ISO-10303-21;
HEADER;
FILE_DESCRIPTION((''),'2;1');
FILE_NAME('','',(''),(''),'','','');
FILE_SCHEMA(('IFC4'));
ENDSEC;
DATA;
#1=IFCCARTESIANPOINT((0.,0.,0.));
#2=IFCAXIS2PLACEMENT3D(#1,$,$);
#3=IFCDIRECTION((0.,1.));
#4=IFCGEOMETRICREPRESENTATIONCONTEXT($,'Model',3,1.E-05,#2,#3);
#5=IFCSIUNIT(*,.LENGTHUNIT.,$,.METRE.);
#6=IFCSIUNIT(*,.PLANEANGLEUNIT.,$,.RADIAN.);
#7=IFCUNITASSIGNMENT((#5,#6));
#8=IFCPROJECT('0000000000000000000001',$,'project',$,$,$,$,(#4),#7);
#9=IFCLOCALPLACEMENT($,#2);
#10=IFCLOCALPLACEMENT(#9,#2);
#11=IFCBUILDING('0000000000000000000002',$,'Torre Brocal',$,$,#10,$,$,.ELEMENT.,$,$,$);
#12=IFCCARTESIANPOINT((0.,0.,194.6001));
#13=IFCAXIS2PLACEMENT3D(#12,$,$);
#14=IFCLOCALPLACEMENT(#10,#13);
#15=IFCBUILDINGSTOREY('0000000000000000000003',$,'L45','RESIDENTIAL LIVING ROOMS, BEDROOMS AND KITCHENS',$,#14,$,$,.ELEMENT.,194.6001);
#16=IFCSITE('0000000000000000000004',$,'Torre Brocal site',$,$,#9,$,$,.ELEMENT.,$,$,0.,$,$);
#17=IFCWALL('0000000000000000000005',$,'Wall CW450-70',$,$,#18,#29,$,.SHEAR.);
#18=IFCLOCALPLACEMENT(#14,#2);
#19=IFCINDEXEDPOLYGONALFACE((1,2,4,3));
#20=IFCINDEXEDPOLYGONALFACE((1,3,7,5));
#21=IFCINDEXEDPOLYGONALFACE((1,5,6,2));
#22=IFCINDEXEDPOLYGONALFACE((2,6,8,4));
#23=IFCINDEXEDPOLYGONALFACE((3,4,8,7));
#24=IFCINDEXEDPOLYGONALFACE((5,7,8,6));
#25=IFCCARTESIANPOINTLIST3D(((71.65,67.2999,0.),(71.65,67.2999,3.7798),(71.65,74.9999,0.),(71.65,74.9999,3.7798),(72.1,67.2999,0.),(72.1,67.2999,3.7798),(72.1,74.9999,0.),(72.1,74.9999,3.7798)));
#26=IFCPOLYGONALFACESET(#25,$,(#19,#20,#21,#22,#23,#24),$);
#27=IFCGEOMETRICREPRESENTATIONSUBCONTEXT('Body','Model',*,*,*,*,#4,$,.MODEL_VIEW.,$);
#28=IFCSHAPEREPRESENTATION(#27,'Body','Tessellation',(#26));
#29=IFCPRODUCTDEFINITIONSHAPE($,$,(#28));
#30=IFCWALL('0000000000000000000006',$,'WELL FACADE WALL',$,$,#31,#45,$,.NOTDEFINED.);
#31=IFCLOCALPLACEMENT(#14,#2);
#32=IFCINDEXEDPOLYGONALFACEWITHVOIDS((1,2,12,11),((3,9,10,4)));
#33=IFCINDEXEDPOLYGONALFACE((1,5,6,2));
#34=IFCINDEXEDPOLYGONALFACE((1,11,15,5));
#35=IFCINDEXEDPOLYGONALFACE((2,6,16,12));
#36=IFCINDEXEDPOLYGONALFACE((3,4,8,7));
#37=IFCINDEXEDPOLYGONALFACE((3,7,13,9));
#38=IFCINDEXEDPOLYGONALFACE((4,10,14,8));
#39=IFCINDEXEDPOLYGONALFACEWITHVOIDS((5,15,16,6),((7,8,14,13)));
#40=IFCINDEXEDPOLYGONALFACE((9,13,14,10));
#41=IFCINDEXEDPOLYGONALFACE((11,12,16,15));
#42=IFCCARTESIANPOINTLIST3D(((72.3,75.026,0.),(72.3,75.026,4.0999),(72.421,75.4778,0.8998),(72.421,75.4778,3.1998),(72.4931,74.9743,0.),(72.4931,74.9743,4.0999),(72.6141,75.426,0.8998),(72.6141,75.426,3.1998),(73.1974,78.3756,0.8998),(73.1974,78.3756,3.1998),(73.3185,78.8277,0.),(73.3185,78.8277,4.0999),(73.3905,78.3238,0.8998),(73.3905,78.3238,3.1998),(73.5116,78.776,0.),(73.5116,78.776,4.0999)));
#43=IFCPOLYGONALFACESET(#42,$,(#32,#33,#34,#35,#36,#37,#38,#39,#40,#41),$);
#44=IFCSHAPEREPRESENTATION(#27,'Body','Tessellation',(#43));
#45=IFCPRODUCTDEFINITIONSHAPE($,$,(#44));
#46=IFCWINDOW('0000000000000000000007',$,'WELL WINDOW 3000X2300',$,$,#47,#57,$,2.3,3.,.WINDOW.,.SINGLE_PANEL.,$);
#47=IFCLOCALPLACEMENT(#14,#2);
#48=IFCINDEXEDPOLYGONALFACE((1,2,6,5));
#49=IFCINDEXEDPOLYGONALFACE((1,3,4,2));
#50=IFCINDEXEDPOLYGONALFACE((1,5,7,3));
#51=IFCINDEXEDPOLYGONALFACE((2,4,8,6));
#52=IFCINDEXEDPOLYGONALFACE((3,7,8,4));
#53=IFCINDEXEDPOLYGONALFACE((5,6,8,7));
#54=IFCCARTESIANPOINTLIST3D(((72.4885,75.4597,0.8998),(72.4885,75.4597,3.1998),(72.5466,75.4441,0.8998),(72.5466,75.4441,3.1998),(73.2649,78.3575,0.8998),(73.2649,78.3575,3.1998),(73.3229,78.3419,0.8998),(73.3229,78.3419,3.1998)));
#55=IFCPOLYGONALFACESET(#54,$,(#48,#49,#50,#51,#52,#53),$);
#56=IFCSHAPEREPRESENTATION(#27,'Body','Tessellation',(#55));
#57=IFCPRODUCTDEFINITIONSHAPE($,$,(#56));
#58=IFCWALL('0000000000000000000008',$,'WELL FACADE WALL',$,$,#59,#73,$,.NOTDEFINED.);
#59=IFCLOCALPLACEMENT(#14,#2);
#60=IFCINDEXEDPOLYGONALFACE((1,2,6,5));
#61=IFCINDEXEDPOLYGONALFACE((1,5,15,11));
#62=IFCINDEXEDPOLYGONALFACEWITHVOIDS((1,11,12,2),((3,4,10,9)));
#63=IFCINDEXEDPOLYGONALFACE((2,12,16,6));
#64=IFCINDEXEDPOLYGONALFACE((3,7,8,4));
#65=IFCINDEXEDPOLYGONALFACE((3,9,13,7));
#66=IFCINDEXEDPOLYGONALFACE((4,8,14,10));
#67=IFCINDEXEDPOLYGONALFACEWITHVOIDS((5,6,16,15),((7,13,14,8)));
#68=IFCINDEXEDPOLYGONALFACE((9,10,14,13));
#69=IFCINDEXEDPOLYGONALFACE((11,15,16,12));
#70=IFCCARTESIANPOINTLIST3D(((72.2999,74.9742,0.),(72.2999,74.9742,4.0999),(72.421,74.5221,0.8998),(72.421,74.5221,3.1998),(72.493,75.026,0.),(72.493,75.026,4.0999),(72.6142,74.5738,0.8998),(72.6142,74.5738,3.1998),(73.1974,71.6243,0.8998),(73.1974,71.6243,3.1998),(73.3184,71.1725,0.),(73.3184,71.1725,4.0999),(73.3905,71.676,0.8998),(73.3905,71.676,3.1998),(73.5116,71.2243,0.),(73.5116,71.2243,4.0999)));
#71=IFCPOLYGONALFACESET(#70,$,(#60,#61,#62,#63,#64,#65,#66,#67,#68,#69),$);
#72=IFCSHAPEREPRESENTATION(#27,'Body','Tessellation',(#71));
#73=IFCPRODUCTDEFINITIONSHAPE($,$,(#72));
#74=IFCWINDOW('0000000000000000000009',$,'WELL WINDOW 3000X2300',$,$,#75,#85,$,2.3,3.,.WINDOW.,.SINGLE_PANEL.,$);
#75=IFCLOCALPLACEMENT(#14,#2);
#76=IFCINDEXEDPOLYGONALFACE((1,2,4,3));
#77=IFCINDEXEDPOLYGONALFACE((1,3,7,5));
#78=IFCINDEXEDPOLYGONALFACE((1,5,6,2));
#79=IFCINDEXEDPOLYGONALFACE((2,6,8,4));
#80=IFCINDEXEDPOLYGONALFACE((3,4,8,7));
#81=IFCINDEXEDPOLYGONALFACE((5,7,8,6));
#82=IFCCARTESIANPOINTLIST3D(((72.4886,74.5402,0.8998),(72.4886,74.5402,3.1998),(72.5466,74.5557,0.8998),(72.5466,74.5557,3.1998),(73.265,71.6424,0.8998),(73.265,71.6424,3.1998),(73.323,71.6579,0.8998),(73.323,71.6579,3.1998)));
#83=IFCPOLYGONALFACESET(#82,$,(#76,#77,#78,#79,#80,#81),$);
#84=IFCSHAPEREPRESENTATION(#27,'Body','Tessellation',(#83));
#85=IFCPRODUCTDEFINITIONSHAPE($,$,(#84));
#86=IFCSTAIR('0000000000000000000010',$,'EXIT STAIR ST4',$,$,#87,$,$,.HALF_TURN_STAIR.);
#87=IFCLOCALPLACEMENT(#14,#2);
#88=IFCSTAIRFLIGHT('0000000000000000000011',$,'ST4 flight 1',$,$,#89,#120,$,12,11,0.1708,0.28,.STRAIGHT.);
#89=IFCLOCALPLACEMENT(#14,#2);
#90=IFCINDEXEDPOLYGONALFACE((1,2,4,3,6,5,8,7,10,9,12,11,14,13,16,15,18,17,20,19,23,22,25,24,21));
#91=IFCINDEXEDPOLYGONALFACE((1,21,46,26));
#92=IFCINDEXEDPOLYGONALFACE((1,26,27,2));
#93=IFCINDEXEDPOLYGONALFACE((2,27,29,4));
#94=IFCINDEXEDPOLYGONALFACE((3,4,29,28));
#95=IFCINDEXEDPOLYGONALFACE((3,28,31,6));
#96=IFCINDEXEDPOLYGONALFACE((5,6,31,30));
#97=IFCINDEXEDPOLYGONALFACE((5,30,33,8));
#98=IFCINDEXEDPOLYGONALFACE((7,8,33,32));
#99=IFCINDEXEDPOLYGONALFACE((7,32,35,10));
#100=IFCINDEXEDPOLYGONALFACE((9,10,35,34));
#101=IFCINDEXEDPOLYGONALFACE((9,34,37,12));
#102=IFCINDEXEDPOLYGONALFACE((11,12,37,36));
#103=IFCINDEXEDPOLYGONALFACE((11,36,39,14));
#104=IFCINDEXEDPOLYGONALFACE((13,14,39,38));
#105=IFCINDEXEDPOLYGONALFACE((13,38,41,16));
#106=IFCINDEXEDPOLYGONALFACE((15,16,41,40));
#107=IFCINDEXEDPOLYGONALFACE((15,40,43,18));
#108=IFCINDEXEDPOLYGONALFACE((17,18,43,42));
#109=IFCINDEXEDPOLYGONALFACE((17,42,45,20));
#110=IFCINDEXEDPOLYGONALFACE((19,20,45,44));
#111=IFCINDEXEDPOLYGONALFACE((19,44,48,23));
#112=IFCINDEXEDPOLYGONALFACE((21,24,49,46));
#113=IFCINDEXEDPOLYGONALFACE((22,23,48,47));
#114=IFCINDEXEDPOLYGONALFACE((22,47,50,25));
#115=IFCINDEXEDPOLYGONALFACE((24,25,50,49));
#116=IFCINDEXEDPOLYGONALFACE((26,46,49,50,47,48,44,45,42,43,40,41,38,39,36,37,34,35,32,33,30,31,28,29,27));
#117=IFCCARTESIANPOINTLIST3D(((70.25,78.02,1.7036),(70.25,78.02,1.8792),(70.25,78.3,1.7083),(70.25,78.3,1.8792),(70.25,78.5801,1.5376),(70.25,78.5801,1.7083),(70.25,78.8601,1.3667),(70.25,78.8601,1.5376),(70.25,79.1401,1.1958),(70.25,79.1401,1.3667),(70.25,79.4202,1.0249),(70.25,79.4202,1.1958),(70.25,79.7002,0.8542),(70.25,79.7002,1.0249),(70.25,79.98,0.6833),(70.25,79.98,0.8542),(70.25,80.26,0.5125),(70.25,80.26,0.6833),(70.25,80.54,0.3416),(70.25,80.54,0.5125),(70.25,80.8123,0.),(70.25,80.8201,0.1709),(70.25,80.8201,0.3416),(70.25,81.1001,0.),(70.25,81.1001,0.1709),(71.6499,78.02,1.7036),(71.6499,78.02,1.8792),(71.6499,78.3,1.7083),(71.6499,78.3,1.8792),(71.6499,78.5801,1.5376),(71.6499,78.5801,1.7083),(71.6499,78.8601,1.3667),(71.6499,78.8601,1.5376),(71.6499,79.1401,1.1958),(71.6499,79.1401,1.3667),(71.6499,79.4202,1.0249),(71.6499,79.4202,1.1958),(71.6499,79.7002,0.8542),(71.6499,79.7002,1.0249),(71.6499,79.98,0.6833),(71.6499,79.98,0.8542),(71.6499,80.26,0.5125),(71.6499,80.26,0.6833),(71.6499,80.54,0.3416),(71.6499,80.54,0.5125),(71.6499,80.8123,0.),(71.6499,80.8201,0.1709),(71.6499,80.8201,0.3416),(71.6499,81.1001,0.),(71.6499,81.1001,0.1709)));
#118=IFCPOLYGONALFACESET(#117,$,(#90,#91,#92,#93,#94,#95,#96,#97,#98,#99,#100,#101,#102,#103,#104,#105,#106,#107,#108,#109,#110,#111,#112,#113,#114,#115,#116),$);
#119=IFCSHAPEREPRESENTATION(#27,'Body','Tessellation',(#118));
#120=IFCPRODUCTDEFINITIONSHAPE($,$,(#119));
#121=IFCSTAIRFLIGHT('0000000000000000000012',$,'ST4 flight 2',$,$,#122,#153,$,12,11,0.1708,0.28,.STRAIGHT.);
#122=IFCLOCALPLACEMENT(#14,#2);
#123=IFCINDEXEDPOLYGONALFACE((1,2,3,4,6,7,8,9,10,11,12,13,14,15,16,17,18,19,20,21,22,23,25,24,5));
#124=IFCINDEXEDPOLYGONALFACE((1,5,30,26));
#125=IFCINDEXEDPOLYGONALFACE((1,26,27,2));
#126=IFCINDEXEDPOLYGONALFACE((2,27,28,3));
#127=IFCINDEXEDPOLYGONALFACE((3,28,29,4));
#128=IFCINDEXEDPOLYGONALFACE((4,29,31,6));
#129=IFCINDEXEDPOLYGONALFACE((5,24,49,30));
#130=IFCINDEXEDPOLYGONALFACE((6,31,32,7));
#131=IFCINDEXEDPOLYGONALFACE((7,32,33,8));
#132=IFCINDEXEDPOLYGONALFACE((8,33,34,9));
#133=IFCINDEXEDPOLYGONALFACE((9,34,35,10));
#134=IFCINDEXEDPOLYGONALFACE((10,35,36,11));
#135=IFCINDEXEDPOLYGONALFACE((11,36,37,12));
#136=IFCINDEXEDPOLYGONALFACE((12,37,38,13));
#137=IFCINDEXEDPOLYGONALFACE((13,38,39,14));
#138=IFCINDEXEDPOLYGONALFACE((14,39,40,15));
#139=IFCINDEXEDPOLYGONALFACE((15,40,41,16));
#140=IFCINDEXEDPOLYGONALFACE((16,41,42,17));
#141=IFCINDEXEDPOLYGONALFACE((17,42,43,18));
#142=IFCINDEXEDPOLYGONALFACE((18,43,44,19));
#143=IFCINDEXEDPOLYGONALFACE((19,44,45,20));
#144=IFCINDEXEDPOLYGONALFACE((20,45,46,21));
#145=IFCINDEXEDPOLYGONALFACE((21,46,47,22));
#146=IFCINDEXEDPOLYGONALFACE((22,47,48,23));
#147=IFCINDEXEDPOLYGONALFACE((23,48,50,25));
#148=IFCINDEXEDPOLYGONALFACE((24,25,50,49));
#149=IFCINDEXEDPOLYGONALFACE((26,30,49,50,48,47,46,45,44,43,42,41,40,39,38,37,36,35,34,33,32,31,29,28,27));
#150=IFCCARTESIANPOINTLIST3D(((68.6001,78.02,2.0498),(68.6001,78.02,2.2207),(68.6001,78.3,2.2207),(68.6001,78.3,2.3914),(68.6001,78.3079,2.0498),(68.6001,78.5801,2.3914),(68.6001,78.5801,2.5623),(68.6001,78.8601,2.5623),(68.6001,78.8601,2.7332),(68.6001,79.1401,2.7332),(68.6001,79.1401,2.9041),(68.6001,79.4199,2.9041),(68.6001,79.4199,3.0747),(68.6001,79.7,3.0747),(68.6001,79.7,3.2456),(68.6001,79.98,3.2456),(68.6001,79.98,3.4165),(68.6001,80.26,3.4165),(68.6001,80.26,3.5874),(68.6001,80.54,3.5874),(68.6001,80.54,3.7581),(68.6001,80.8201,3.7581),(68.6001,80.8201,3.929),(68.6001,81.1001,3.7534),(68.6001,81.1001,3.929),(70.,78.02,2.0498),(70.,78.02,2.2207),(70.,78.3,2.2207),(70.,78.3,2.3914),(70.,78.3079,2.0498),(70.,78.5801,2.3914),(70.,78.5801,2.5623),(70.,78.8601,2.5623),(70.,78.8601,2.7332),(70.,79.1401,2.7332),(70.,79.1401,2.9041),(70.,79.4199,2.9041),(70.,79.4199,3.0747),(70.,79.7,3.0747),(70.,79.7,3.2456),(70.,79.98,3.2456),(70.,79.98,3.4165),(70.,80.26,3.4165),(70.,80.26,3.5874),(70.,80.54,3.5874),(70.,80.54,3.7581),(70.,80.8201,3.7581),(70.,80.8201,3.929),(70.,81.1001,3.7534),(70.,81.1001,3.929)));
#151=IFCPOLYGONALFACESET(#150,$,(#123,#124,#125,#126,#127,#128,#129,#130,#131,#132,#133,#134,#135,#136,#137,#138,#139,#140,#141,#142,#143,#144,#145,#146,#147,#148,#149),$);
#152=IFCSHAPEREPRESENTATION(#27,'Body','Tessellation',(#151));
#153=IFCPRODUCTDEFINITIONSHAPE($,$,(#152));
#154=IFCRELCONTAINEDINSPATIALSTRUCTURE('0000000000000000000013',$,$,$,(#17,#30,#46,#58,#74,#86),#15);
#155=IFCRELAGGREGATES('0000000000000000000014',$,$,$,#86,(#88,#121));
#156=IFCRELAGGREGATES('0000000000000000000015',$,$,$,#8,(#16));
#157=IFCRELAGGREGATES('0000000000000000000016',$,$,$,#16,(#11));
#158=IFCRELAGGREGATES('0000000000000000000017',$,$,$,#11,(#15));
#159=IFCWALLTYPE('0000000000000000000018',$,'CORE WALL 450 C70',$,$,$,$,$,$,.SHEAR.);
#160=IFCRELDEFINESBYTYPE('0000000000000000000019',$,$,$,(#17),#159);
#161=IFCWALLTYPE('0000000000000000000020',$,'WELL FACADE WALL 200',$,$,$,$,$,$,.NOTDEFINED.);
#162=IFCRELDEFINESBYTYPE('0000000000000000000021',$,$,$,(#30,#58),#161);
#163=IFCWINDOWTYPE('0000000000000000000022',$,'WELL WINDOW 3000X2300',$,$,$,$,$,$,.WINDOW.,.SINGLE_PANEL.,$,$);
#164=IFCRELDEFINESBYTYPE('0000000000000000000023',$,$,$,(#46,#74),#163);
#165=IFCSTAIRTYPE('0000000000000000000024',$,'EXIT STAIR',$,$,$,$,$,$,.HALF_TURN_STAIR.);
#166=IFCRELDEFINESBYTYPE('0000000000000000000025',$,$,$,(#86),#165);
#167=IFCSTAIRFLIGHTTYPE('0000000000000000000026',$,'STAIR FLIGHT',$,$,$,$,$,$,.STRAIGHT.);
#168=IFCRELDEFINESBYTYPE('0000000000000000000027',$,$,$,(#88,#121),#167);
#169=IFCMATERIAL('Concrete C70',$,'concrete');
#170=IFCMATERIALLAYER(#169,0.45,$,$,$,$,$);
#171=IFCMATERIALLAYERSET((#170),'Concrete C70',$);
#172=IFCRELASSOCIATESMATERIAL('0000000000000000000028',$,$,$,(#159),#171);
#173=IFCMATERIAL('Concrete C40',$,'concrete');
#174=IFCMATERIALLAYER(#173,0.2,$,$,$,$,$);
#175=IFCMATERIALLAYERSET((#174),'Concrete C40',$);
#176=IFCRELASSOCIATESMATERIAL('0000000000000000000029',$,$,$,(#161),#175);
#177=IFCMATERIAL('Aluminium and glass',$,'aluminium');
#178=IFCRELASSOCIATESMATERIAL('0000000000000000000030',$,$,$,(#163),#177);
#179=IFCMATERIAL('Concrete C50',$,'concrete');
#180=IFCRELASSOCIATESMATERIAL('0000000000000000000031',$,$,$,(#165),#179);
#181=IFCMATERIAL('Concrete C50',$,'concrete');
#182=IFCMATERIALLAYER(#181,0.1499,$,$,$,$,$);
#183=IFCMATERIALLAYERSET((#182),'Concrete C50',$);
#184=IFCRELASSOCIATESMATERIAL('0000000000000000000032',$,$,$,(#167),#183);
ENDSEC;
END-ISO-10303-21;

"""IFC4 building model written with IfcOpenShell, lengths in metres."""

from ifc_helpers import new_model, si_unit, direction, frame, frame_2d, origin, place, context, subcontext, project, spatial, polyline, rectangle, outline, extrude, material, layer, layer_set, type_object, element, fill, aggregate, save


model = new_model("IFC4")

# Units and contexts
model_context = context("Model", 3, precision=1e-05, world=origin(), true_north=direction((0.0, 1.0)))
body_context = subcontext(model_context, "Body", "Model", "MODEL_VIEW")
ifc_project = project(units=[si_unit("LENGTHUNIT", "METRE"), si_unit("PLANEANGLEUNIT", "RADIAN")], contexts=[model_context])

# Site, building, storey
site_placement = place(None, origin())
site = spatial("IfcSite", under=ifc_project, at=site_placement, Name="Torre Brocal site", CompositionType="ELEMENT", RefElevation=0.0)
building_placement = place(site_placement, origin())
building = spatial("IfcBuilding", under=site, at=building_placement, Name="Torre Brocal", CompositionType="ELEMENT")
storey_placement = place(building_placement, frame((0.0, 0.0, 194.6001)))
storey = spatial("IfcBuildingStorey", under=building, at=storey_placement, Name="L45", Description="RESIDENTIAL LIVING ROOMS, BEDROOMS AND KITCHENS", CompositionType="ELEMENT", Elevation=194.6001)

# Wall
ifc_material_1 = material(Name="Concrete C70", Category="concrete")
ifc_layer_1 = layer(ifc_material_1, 0.45)
ifc_layer_set_1 = layer_set([ifc_layer_1], Name="Concrete C70")
wall_type_1 = type_object("IfcWallType", Name="CORE WALL 450 C70", PredefinedType="SHEAR", material=ifc_layer_set_1)
wall_1_placement = place(storey_placement, frame((71.875, 75.0, 0.0), z_axis=(0.0, 0.0, 1.0), x_axis=(0.0, -1.0, 0.0)))
element("IfcWall", 1, at=wall_1_placement, inside=storey, type_object=wall_type_1, Name="Wall CW450-70", PredefinedType="SHEAR", context=body_context, shape_type="SweptSolid", body=[
    extrude(rectangle(XDim=7.7, YDim=0.45, at=frame_2d((3.8501, 0.0))), origin(), (0.0, 0.0, 1.0), 3.7798),
])

# Walls, openings, windows
ifc_material_2 = material(Name="Concrete C40", Category="concrete")
ifc_layer_2 = layer(ifc_material_2, 0.2)
ifc_layer_set_2 = layer_set([ifc_layer_2], Name="Concrete C40")
wall_type_2 = type_object("IfcWallType", Name="WELL FACADE WALL 200", PredefinedType="NOTDEFINED", material=ifc_layer_set_2)
wall_2_placement = place(storey_placement, frame((73.415, 78.8018, 0.0), z_axis=(0.0, 0.0, 1.0), x_axis=(-0.25879, -0.965934, 0.0)))
wall_2 = element("IfcWall", 2, at=wall_2_placement, inside=storey, type_object=wall_type_2, Name="WELL FACADE WALL", PredefinedType="NOTDEFINED", context=body_context, shape_type="SweptSolid", body=[
    extrude(rectangle(XDim=3.9358, YDim=0.2, at=frame_2d((1.9678, 0.0))), origin(), (0.0, 0.0, 1.0), 4.0999),
])
opening_1_placement = place(wall_2_placement, frame((0.468, 0.0, 0.8999)))
opening_1 = element("IfcOpeningElement", 3, at=opening_1_placement, cuts=wall_2, PredefinedType="OPENING", context=body_context, shape_type="SweptSolid", body=[
    extrude(rectangle(XDim=3.0, YDim=2.3, at=frame_2d((1.5, 1.1499))), frame((0.0, 0.1099, 0.0), z_axis=(0.0, -1.0, 0.0), x_axis=(1.0, 0.0, 0.0)), (0.0, 0.0, 1.0), 0.22),
])
ifc_material_3 = material(Name="Aluminium and glass", Category="aluminium")
window_type = type_object("IfcWindowType", Name="WELL WINDOW 3000X2300", PartitioningType="SINGLE_PANEL", PredefinedType="WINDOW", material=ifc_material_3)
window_1_placement = place(opening_1_placement, origin())
window_1 = element("IfcWindow", 4, at=window_1_placement, inside=storey, type_object=window_type, Name="WELL WINDOW 3000X2300", OverallHeight=2.3, OverallWidth=3.0, PartitioningType="SINGLE_PANEL", PredefinedType="WINDOW", context=body_context, shape_type="SweptSolid", body=[
    extrude(rectangle(XDim=3.0, YDim=2.3, at=frame_2d((1.5, 1.1499))), frame((0.0, 0.03, 0.0), z_axis=(0.0, -1.0, 0.0), x_axis=(1.0, 0.0, 0.0)), (0.0, 0.0, 1.0), 0.0601),
])
fill(opening_1, window_1)
wall_3_placement = place(storey_placement, frame((72.3965, 75.0, 0.0), z_axis=(0.0, 0.0, 1.0), x_axis=(0.25879, -0.965934, 0.0)))
wall_3 = element("IfcWall", 5, at=wall_3_placement, inside=storey, type_object=wall_type_2, Name="WELL FACADE WALL", PredefinedType="NOTDEFINED", context=body_context, shape_type="SweptSolid", body=[
    extrude(rectangle(XDim=3.9358, YDim=0.2, at=frame_2d((1.9678, 0.0))), origin(), (0.0, 0.0, 1.0), 4.0999),
])
opening_2_placement = place(wall_3_placement, frame((0.468, 0.0, 0.8999)))
opening_2 = element("IfcOpeningElement", 6, at=opening_2_placement, cuts=wall_3, PredefinedType="OPENING", context=body_context, shape_type="SweptSolid", body=[
    extrude(rectangle(XDim=3.0, YDim=2.3, at=frame_2d((1.5, 1.1499))), frame((0.0, 0.1099, 0.0), z_axis=(0.0, -1.0, 0.0), x_axis=(1.0, 0.0, 0.0)), (0.0, 0.0, 1.0), 0.22),
])
window_2_placement = place(opening_2_placement, origin())
window_2 = element("IfcWindow", 7, at=window_2_placement, inside=storey, type_object=window_type, Name="WELL WINDOW 3000X2300", OverallHeight=2.3, OverallWidth=3.0, PartitioningType="SINGLE_PANEL", PredefinedType="WINDOW", context=body_context, shape_type="SweptSolid", body=[
    extrude(rectangle(XDim=3.0, YDim=2.3, at=frame_2d((1.5, 1.1499))), frame((0.0, 0.03, 0.0), z_axis=(0.0, -1.0, 0.0), x_axis=(1.0, 0.0, 0.0)), (0.0, 0.0, 1.0), 0.0601),
])
fill(opening_2, window_2)

# Stair, stair flights
ifc_material_4 = material(Name="Concrete C50", Category="concrete")
stair_type = type_object("IfcStairType", Name="EXIT STAIR", PredefinedType="HALF_TURN_STAIR", material=ifc_material_4)
stair_placement = place(storey_placement, origin())
stair = element("IfcStair", 8, at=stair_placement, inside=storey, type_object=stair_type, Name="EXIT STAIR ST4", PredefinedType="HALF_TURN_STAIR")
ifc_material_5 = material(Name="Concrete C50", Category="concrete")
ifc_layer_3 = layer(ifc_material_5, 0.1499)
ifc_layer_set_3 = layer_set([ifc_layer_3], Name="Concrete C50")
stair_flight_type = type_object("IfcStairFlightType", Name="STAIR FLIGHT", PredefinedType="STRAIGHT", material=ifc_layer_set_3)
stair_flight_1_placement = place(storey_placement, frame((70.95, 81.1001, 0.0), z_axis=(0.0, 0.0, 1.0), x_axis=(0.0, -1.0, 0.0)))
stair_flight_1 = element("IfcStairFlight", 9, at=stair_flight_1_placement, type_object=stair_flight_type, Name="ST4 flight 1", NumberOfRisers=12, NumberOfTreads=11, PredefinedType="STRAIGHT", RiserHeight=0.1708, TreadLength=0.28, context=body_context, shape_type="SweptSolid", body=[
    extrude(outline(polyline([(0.0, 0.0), (0.0, 0.1709), (0.28, 0.1709), (0.28, 0.3416), (0.5601, 0.3416), (0.5601, 0.5125), (0.8401, 0.5125), (0.8401, 0.6833), (1.1201, 0.6833), (1.1201, 0.8542), (1.3999, 0.8542), (1.3999, 1.0249), (1.6799, 1.0249), (1.6799, 1.1958), (1.96, 1.1958), (1.96, 1.3667), (2.24, 1.3667), (2.24, 1.5376), (2.52, 1.5376), (2.52, 1.7083), (2.8, 1.7083), (2.8, 1.8792), (3.0801, 1.8792), (3.0801, 2.05), (3.0801, 1.7036), (0.2878, 0.0), (0.0, 0.0)])), frame((0.0, 0.7, 0.0), z_axis=(0.0, -1.0, 0.0), x_axis=(1.0, 0.0, 0.0)), (0.0, 0.0, 1.0), 1.3999),
])
stair_flight_2_placement = place(storey_placement, frame((69.3, 78.02, 2.0498), z_axis=(0.0, 0.0, 1.0), x_axis=(0.0, 1.0, 0.0)))
stair_flight_2 = element("IfcStairFlight", 10, at=stair_flight_2_placement, type_object=stair_flight_type, Name="ST4 flight 2", NumberOfRisers=12, NumberOfTreads=11, PredefinedType="STRAIGHT", RiserHeight=0.1708, TreadLength=0.28, context=body_context, shape_type="SweptSolid", body=[
    extrude(outline(polyline([(0.0, 0.0), (0.0, 0.1709), (0.28, 0.1709), (0.28, 0.3416), (0.5601, 0.3416), (0.5601, 0.5125), (0.8401, 0.5125), (0.8401, 0.6833), (1.1201, 0.6833), (1.1201, 0.8542), (1.3999, 0.8542), (1.3999, 1.0249), (1.6799, 1.0249), (1.6799, 1.1958), (1.96, 1.1958), (1.96, 1.3667), (2.24, 1.3667), (2.24, 1.5376), (2.52, 1.5376), (2.52, 1.7083), (2.8, 1.7083), (2.8, 1.8792), (3.0801, 1.8792), (3.0801, 2.05), (3.0801, 1.7036), (0.2878, 0.0), (0.0, 0.0)])), frame((0.0, 0.7, 0.0), z_axis=(0.0, -1.0, 0.0), x_axis=(1.0, 0.0, 0.0)), (0.0, 0.0, 1.0), 1.3999),
])
aggregate(stair, [stair_flight_1, stair_flight_2])

save(model, "model.ifc")
